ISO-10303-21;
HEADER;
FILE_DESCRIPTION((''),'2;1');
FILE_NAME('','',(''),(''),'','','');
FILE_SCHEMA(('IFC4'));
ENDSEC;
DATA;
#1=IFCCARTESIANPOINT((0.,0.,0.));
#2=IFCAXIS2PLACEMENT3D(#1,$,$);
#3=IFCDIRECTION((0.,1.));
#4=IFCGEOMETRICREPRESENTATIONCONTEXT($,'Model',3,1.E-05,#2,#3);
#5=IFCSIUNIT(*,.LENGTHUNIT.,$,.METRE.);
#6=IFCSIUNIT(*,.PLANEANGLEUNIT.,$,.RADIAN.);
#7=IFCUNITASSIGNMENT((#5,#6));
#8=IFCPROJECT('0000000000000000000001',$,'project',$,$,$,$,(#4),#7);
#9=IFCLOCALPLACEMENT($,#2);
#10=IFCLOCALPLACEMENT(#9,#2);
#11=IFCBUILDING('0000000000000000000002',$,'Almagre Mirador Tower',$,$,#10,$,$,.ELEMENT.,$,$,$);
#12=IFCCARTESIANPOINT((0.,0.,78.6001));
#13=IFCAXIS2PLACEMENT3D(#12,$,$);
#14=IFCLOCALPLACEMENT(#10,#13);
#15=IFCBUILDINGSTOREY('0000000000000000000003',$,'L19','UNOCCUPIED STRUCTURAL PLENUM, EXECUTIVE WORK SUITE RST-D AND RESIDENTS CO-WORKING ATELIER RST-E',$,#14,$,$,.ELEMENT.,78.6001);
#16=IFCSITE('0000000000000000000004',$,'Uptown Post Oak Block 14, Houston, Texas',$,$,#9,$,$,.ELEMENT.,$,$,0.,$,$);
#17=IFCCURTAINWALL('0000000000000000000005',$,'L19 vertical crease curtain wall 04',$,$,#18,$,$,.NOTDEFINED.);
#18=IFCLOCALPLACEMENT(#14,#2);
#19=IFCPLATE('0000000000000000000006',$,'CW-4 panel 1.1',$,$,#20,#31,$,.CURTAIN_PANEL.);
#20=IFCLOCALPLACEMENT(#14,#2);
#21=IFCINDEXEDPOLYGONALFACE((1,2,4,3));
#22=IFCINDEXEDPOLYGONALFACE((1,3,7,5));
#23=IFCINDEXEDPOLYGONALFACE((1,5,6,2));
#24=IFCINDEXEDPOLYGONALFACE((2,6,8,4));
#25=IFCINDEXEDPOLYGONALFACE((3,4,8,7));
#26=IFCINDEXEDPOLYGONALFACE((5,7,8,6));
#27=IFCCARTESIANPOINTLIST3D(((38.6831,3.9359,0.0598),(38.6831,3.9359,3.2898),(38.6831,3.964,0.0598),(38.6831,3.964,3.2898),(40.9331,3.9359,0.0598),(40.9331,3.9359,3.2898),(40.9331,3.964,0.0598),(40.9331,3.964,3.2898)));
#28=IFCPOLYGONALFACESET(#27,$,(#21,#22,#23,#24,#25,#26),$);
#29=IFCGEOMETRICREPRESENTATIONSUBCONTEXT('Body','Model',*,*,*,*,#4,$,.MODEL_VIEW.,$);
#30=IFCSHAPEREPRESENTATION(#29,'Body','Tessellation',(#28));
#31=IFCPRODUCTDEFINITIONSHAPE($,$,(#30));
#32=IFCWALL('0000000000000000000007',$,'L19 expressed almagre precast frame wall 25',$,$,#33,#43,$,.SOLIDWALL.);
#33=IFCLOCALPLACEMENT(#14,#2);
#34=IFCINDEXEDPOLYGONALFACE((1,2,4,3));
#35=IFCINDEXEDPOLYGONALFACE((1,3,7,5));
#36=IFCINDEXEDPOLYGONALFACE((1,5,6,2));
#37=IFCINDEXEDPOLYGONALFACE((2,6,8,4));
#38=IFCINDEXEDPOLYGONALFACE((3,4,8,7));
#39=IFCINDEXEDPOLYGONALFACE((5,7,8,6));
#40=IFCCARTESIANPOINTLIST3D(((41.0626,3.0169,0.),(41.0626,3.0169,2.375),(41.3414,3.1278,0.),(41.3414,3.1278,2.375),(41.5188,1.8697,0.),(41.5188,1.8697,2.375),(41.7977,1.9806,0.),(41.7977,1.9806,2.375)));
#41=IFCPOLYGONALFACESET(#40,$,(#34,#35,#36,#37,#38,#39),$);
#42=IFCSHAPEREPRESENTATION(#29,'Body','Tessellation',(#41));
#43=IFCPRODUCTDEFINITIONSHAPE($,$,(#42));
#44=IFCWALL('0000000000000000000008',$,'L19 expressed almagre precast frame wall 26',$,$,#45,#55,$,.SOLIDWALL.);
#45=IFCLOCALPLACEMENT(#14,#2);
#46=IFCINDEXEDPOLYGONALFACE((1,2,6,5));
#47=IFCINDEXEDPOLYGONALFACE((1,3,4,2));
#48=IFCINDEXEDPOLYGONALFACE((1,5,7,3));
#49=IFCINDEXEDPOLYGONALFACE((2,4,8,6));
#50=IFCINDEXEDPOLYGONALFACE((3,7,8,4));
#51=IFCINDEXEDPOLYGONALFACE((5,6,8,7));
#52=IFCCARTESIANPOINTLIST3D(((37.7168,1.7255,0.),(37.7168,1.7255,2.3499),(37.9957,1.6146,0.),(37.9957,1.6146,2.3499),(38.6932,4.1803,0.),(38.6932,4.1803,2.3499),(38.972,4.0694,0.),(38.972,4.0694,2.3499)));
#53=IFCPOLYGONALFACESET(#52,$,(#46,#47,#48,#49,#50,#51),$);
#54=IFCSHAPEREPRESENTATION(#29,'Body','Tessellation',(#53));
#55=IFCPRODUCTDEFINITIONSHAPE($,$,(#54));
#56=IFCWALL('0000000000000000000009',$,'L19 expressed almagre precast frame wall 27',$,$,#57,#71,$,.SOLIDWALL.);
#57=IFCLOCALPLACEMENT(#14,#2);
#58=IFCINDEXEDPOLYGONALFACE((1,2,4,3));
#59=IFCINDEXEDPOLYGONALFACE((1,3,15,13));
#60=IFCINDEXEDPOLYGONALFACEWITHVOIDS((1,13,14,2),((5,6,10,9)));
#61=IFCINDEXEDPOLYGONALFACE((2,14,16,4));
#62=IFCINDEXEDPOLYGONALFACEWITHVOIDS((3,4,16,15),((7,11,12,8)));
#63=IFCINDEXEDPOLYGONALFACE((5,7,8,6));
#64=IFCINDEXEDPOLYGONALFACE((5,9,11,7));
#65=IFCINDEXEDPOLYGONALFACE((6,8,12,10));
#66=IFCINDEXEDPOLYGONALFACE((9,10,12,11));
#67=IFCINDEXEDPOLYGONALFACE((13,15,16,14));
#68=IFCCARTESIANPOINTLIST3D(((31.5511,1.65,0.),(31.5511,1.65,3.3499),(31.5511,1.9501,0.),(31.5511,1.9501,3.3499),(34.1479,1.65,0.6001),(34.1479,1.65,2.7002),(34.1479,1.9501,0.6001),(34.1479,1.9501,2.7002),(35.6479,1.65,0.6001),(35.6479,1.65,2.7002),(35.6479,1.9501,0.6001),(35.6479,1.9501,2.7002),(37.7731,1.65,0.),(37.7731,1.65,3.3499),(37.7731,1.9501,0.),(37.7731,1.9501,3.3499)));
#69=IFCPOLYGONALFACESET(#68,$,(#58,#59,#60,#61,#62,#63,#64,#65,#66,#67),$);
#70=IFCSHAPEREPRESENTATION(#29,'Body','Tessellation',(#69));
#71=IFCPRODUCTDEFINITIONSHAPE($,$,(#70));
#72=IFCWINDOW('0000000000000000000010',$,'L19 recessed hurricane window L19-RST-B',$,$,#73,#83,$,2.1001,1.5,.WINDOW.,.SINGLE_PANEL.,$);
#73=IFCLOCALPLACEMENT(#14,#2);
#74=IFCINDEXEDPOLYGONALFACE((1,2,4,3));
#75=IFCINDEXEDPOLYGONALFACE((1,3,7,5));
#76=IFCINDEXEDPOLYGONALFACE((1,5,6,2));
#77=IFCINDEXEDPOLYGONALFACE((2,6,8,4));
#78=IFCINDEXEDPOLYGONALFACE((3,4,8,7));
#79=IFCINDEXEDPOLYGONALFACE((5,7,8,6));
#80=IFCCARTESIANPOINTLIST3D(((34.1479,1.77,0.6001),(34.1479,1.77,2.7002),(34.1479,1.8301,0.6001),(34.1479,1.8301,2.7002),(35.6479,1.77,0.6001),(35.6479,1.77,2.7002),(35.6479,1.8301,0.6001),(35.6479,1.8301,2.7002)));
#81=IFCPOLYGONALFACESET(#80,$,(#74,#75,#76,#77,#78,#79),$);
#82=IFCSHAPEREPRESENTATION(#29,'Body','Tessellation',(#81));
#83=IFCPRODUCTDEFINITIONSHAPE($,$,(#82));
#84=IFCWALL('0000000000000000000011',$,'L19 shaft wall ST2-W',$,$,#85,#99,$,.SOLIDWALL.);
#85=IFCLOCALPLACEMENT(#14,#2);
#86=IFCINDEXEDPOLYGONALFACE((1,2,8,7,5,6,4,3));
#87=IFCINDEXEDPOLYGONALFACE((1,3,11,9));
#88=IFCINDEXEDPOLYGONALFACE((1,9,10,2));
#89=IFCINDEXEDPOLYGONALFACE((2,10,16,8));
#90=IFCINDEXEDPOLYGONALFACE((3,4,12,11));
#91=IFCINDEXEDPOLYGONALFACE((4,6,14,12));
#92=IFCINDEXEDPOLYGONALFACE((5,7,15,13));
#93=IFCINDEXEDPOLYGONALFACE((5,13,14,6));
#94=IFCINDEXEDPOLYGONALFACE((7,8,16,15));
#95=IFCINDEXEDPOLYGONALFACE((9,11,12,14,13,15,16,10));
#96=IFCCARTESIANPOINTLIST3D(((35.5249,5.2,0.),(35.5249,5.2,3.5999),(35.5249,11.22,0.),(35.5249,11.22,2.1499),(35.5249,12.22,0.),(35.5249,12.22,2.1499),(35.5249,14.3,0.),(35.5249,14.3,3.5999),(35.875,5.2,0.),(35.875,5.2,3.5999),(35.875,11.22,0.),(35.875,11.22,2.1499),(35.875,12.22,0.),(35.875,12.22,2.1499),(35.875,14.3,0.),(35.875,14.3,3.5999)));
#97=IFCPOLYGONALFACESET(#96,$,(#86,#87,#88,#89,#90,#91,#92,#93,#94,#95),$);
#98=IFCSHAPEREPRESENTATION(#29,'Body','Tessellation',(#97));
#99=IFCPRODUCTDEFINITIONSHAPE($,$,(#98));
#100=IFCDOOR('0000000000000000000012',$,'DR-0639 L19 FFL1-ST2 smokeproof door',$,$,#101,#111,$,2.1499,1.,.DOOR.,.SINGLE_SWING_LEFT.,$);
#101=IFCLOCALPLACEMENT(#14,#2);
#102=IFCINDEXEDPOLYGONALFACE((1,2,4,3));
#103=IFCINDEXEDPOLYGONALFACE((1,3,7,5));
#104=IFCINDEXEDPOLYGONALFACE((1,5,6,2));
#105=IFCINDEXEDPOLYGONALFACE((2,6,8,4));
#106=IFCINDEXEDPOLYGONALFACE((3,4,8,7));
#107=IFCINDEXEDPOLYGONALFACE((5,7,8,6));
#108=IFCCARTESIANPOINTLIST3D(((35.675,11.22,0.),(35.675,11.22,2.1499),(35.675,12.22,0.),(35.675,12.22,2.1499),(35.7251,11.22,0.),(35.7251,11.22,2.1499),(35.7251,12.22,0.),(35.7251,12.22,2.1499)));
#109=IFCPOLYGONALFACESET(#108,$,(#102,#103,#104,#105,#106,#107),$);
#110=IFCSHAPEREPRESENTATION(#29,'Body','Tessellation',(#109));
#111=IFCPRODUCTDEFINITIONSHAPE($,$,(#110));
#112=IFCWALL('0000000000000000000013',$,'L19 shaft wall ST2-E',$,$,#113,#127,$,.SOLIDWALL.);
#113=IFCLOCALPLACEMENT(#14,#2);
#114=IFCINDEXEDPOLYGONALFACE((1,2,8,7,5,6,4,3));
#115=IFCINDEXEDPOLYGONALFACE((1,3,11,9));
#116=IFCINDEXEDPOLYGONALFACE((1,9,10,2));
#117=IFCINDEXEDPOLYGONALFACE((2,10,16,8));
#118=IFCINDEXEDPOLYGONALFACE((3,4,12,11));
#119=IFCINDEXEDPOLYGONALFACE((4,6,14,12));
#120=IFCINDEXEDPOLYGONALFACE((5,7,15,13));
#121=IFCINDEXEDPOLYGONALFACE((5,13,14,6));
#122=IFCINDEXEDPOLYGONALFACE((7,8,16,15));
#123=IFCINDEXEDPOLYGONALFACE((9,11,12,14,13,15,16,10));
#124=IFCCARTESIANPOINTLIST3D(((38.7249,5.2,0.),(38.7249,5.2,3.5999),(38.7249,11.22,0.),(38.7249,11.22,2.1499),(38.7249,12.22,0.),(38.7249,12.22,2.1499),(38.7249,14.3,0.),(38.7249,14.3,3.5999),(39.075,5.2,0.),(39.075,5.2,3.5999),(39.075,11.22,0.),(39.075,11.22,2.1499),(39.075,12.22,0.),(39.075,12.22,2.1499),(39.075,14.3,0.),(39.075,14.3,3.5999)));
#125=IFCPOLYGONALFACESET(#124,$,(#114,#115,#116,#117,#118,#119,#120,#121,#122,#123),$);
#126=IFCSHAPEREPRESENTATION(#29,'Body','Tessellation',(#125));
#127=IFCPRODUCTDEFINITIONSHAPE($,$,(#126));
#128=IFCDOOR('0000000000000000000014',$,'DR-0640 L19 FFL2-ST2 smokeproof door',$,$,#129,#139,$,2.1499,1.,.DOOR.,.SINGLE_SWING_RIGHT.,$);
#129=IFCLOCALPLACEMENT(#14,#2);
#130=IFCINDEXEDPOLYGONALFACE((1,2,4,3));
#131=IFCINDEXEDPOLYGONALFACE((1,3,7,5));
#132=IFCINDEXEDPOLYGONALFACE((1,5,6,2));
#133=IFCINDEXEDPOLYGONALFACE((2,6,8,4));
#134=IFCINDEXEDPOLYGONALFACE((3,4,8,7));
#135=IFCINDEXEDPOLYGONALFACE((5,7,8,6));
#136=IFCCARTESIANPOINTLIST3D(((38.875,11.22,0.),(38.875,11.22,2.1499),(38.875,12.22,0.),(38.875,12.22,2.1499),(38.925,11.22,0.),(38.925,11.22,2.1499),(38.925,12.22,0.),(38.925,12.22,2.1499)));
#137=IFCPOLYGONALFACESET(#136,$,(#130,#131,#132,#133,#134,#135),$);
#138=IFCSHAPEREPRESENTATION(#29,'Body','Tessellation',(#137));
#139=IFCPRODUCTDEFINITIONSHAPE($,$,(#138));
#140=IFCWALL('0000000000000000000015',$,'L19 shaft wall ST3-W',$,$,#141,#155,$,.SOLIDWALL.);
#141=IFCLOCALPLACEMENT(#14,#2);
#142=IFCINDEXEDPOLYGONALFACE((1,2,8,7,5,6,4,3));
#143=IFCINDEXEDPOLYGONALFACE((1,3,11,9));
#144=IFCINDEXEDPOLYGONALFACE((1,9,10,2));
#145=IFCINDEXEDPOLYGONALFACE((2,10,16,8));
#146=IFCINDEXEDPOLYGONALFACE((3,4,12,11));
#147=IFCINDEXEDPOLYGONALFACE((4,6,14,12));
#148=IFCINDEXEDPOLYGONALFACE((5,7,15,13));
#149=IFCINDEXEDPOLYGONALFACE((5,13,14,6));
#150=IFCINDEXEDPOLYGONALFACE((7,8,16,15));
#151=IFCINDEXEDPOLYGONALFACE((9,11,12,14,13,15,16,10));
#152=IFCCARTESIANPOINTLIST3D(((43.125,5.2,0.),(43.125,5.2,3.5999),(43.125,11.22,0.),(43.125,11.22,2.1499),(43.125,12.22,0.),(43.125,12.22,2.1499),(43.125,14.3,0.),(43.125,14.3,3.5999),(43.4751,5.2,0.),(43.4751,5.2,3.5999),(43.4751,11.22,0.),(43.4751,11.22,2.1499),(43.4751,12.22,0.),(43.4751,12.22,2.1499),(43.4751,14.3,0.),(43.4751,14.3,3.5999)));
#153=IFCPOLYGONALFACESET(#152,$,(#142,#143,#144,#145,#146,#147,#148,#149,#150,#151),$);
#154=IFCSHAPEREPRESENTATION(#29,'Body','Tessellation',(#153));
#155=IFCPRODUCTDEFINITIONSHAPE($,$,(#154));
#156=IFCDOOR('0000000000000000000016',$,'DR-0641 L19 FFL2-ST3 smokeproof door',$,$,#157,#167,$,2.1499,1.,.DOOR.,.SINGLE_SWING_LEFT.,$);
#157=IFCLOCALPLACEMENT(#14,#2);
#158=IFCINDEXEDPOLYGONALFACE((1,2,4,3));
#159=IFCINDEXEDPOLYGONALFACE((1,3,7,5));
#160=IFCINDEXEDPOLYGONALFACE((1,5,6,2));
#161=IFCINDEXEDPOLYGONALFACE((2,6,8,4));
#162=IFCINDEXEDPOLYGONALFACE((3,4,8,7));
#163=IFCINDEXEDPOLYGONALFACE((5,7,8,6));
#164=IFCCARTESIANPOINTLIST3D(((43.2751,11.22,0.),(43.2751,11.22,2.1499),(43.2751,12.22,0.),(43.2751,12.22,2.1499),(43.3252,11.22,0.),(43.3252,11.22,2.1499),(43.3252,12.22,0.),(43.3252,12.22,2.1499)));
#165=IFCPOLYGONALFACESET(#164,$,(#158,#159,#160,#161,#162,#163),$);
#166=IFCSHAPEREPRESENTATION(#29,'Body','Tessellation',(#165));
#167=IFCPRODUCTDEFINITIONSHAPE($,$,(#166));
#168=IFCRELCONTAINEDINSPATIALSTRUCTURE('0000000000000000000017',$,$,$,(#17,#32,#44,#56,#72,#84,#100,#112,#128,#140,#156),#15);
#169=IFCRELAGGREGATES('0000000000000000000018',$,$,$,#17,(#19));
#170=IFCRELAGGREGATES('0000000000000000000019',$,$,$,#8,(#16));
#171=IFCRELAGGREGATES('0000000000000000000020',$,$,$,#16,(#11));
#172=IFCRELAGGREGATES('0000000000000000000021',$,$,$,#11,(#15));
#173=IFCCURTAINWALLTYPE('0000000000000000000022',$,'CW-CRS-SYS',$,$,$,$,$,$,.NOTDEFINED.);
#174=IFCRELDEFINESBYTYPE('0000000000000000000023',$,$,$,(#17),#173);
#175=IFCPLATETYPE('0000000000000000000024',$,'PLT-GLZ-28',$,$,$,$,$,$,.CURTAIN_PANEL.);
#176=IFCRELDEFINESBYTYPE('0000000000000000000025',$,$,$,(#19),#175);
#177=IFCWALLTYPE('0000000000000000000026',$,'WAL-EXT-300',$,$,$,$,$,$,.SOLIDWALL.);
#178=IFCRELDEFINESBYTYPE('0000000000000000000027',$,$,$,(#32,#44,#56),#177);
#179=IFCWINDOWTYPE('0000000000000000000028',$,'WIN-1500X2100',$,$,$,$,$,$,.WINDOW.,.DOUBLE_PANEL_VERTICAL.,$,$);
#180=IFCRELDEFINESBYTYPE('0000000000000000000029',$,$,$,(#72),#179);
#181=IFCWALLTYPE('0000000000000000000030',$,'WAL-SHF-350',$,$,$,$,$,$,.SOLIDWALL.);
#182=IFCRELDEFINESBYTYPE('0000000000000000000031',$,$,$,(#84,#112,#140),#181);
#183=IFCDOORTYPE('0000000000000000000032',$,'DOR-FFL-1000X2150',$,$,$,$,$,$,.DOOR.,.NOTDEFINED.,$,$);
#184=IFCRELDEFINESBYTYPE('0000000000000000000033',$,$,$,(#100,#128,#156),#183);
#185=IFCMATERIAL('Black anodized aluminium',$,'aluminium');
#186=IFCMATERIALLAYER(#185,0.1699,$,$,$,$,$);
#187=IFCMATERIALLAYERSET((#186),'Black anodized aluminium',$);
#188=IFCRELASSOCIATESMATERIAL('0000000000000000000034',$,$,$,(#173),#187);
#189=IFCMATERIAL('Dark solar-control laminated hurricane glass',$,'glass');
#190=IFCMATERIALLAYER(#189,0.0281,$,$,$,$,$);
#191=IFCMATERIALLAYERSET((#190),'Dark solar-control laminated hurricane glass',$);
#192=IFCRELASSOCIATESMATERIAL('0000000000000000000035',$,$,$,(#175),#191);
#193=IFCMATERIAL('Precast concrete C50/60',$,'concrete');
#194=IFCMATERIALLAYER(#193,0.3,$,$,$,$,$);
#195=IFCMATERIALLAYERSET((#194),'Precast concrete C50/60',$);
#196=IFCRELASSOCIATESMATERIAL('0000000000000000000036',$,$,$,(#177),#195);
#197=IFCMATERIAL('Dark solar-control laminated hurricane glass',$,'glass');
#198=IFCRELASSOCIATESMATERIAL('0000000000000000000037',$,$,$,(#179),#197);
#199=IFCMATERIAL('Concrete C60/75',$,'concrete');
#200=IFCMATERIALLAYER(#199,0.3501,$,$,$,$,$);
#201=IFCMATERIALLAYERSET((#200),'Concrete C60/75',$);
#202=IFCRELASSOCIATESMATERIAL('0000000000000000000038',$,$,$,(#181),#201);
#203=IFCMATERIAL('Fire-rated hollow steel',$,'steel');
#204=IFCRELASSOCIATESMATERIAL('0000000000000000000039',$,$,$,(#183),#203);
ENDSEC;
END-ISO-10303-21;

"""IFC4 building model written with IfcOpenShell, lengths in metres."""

from ifc_helpers import new_model, si_unit, direction, frame, frame_2d, origin, origin_2d, place, context, subcontext, project, spatial, rectangle, extrude, material, layer, layer_set, type_object, element, fill, aggregate, save


model = new_model("IFC4")

# Units and contexts
model_context = context("Model", 3, precision=1e-05, world=origin(), true_north=direction((0.0, 1.0)))
body_context = subcontext(model_context, "Body", "Model", "MODEL_VIEW")
ifc_project = project(units=[si_unit("LENGTHUNIT", "METRE"), si_unit("PLANEANGLEUNIT", "RADIAN")], contexts=[model_context])

# Site, building, storey
site_placement = place(None, origin())
site = spatial("IfcSite", under=ifc_project, at=site_placement, Name="Uptown Post Oak Block 14, Houston, Texas", CompositionType="ELEMENT", RefElevation=0.0)
building_placement = place(site_placement, origin())
building = spatial("IfcBuilding", under=site, at=building_placement, Name="Almagre Mirador Tower", CompositionType="ELEMENT")
storey_placement = place(building_placement, frame((0.0, 0.0, 78.6001)))
storey = spatial("IfcBuildingStorey", under=building, at=storey_placement, Name="L19", Description="UNOCCUPIED STRUCTURAL PLENUM, EXECUTIVE WORK SUITE RST-D AND RESIDENTS CO-WORKING ATELIER RST-E", CompositionType="ELEMENT", Elevation=78.6001)

# Curtain wall, plate
ifc_material_1 = material(Name="Black anodized aluminium", Category="aluminium")
ifc_layer_1 = layer(ifc_material_1, 0.1699)
ifc_layer_set_1 = layer_set([ifc_layer_1], Name="Black anodized aluminium")
curtain_wall_type = type_object("IfcCurtainWallType", Name="CW-CRS-SYS", PredefinedType="NOTDEFINED", material=ifc_layer_set_1)
curtain_wall_placement = place(storey_placement, origin())
curtain_wall = element("IfcCurtainWall", 1, at=curtain_wall_placement, inside=storey, type_object=curtain_wall_type, Name="L19 vertical crease curtain wall 04", PredefinedType="NOTDEFINED")
ifc_material_2 = material(Name="Dark solar-control laminated hurricane glass", Category="glass")
ifc_layer_2 = layer(ifc_material_2, 0.0281)
ifc_layer_set_2 = layer_set([ifc_layer_2], Name="Dark solar-control laminated hurricane glass")
plate_type = type_object("IfcPlateType", Name="PLT-GLZ-28", PredefinedType="CURTAIN_PANEL", material=ifc_layer_set_2)
plate_placement = place(storey_placement, frame((39.8081, 3.95, 0.0598), z_axis=(0.0, 0.0, 1.0), x_axis=(-1.0, 0.0, 0.0)))
plate = element("IfcPlate", 2, at=plate_placement, type_object=plate_type, Name="CW-4 panel 1.1", PredefinedType="CURTAIN_PANEL", context=body_context, shape_type="SweptSolid", body=[
    extrude(rectangle(XDim=2.25, YDim=0.0281, at=origin_2d()), origin(), (0.0, 0.0, 1.0), 3.23),
])
aggregate(curtain_wall, [plate])

# Walls
ifc_material_3 = material(Name="Precast concrete C50/60", Category="concrete")
ifc_layer_3 = layer(ifc_material_3, 0.3)
ifc_layer_set_3 = layer_set([ifc_layer_3], Name="Precast concrete C50/60")
wall_type_1 = type_object("IfcWallType", Name="WAL-EXT-300", PredefinedType="SOLIDWALL", material=ifc_layer_set_3)
wall_1_placement = place(storey_placement, frame((41.6582, 1.9253, 0.0), z_axis=(0.0, 0.0, 1.0), x_axis=(-0.369583, 0.929198, 0.0)))
element("IfcWall", 3, at=wall_1_placement, inside=storey, type_object=wall_type_1, Name="L19 expressed almagre precast frame wall 25", PredefinedType="SOLIDWALL", context=body_context, shape_type="SweptSolid", body=[
    extrude(rectangle(XDim=1.2346, YDim=0.3, at=frame_2d((0.6172, 0.0))), origin(), (0.0, 0.0, 1.0), 2.375),
])
wall_2_placement = place(storey_placement, frame((38.8325, 4.1248, 0.0), z_axis=(0.0, 0.0, 1.0), x_axis=(-0.369558, -0.929208, 0.0)))
element("IfcWall", 4, at=wall_2_placement, inside=storey, type_object=wall_type_1, Name="L19 expressed almagre precast frame wall 26", PredefinedType="SOLIDWALL", context=body_context, shape_type="SweptSolid", body=[
    extrude(rectangle(XDim=2.6418, YDim=0.3, at=frame_2d((1.3208, 0.0))), origin(), (0.0, 0.0, 1.0), 2.3499),
])

# Wall, opening, window
wall_3_placement = place(storey_placement, frame((37.7729, 1.8, 0.0), z_axis=(0.0, 0.0, 1.0), x_axis=(-1.0, 0.0, 0.0)))
wall_3 = element("IfcWall", 5, at=wall_3_placement, inside=storey, type_object=wall_type_1, Name="L19 expressed almagre precast frame wall 27", PredefinedType="SOLIDWALL", context=body_context, shape_type="SweptSolid", body=[
    extrude(rectangle(XDim=6.2219, YDim=0.3, at=frame_2d((3.1108, 0.0))), origin(), (0.0, 0.0, 1.0), 3.3499),
])
opening_1_placement = place(wall_3_placement, frame((2.125, 0.0, 0.6001)))
opening_1 = element("IfcOpeningElement", 6, at=opening_1_placement, cuts=wall_3, PredefinedType="OPENING", context=body_context, shape_type="SweptSolid", body=[
    extrude(rectangle(XDim=1.5, YDim=2.1001, at=frame_2d((0.75, 1.05))), frame((0.0, 0.1599, 0.0), z_axis=(0.0, -1.0, 0.0), x_axis=(1.0, 0.0, 0.0)), (0.0, 0.0, 1.0), 0.32),
])
ifc_material_4 = material(Name="Dark solar-control laminated hurricane glass", Category="glass")
window_type = type_object("IfcWindowType", Name="WIN-1500X2100", PartitioningType="DOUBLE_PANEL_VERTICAL", PredefinedType="WINDOW", material=ifc_material_4)
window_placement = place(opening_1_placement, origin())
window = element("IfcWindow", 7, at=window_placement, inside=storey, type_object=window_type, Name="L19 recessed hurricane window L19-RST-B", OverallHeight=2.1001, OverallWidth=1.5, PartitioningType="SINGLE_PANEL", PredefinedType="WINDOW", context=body_context, shape_type="SweptSolid", body=[
    extrude(rectangle(XDim=1.5, YDim=2.1001, at=frame_2d((0.75, 1.05))), frame((0.0, 0.03, 0.0), z_axis=(0.0, -1.0, 0.0), x_axis=(1.0, 0.0, 0.0)), (0.0, 0.0, 1.0), 0.0601),
])
fill(opening_1, window)

# Walls, openings, doors
ifc_material_5 = material(Name="Concrete C60/75", Category="concrete")
ifc_layer_4 = layer(ifc_material_5, 0.3501)
ifc_layer_set_4 = layer_set([ifc_layer_4], Name="Concrete C60/75")
wall_type_2 = type_object("IfcWallType", Name="WAL-SHF-350", PredefinedType="SOLIDWALL", material=ifc_layer_set_4)
wall_4_placement = place(storey_placement, frame((35.7, 5.2, 0.0), z_axis=(0.0, 0.0, 1.0), x_axis=(0.0, 1.0, 0.0)))
wall_4 = element("IfcWall", 8, at=wall_4_placement, inside=storey, type_object=wall_type_2, Name="L19 shaft wall ST2-W", PredefinedType="SOLIDWALL", context=body_context, shape_type="SweptSolid", body=[
    extrude(rectangle(XDim=9.1001, YDim=0.3501, at=frame_2d((4.55, 0.0))), origin(), (0.0, 0.0, 1.0), 3.5999),
])
opening_2_placement = place(wall_4_placement, frame((6.02, 0.0, 0.0)))
opening_2 = element("IfcOpeningElement", 9, at=opening_2_placement, cuts=wall_4, PredefinedType="OPENING", context=body_context, shape_type="SweptSolid", body=[
    extrude(rectangle(XDim=1.0, YDim=2.1499, at=frame_2d((0.5, 1.075))), frame((0.0, 0.185, 0.0), z_axis=(0.0, -1.0, 0.0), x_axis=(1.0, 0.0, 0.0)), (0.0, 0.0, 1.0), 0.3701),
])
ifc_material_6 = material(Name="Fire-rated hollow steel", Category="steel")
door_type = type_object("IfcDoorType", Name="DOR-FFL-1000X2150", OperationType="NOTDEFINED", PredefinedType="DOOR", material=ifc_material_6)
door_1_placement = place(opening_2_placement, origin())
door_1 = element("IfcDoor", 10, at=door_1_placement, inside=storey, type_object=door_type, Name="DR-0639 L19 FFL1-ST2 smokeproof door", OperationType="SINGLE_SWING_LEFT", OverallHeight=2.1499, OverallWidth=1.0, PredefinedType="DOOR", context=body_context, shape_type="SweptSolid", body=[
    extrude(rectangle(XDim=1.0, YDim=2.1499, at=frame_2d((0.5, 1.075))), frame((0.0, 0.0249, 0.0), z_axis=(0.0, -1.0, 0.0), x_axis=(1.0, 0.0, 0.0)), (0.0, 0.0, 1.0), 0.05),
])
fill(opening_2, door_1)
wall_5_placement = place(storey_placement, frame((38.8999, 5.2, 0.0), z_axis=(0.0, 0.0, 1.0), x_axis=(0.0, 1.0, 0.0)))
wall_5 = element("IfcWall", 11, at=wall_5_placement, inside=storey, type_object=wall_type_2, Name="L19 shaft wall ST2-E", PredefinedType="SOLIDWALL", context=body_context, shape_type="SweptSolid", body=[
    extrude(rectangle(XDim=9.1001, YDim=0.3501, at=frame_2d((4.55, 0.0))), origin(), (0.0, 0.0, 1.0), 3.5999),
])
opening_3_placement = place(wall_5_placement, frame((6.02, 0.0, 0.0)))
opening_3 = element("IfcOpeningElement", 12, at=opening_3_placement, cuts=wall_5, PredefinedType="OPENING", context=body_context, shape_type="SweptSolid", body=[
    extrude(rectangle(XDim=1.0, YDim=2.1499, at=frame_2d((0.5, 1.075))), frame((0.0, 0.185, 0.0), z_axis=(0.0, -1.0, 0.0), x_axis=(1.0, 0.0, 0.0)), (0.0, 0.0, 1.0), 0.3701),
])
door_2_placement = place(opening_3_placement, origin())
door_2 = element("IfcDoor", 13, at=door_2_placement, inside=storey, type_object=door_type, Name="DR-0640 L19 FFL2-ST2 smokeproof door", OperationType="SINGLE_SWING_RIGHT", OverallHeight=2.1499, OverallWidth=1.0, PredefinedType="DOOR", context=body_context, shape_type="SweptSolid", body=[
    extrude(rectangle(XDim=1.0, YDim=2.1499, at=frame_2d((0.5, 1.075))), frame((0.0, 0.0249, 0.0), z_axis=(0.0, -1.0, 0.0), x_axis=(1.0, 0.0, 0.0)), (0.0, 0.0, 1.0), 0.05),
])
fill(opening_3, door_2)
wall_6_placement = place(storey_placement, frame((43.3, 5.2, 0.0), z_axis=(0.0, 0.0, 1.0), x_axis=(0.0, 1.0, 0.0)))
wall_6 = element("IfcWall", 14, at=wall_6_placement, inside=storey, type_object=wall_type_2, Name="L19 shaft wall ST3-W", PredefinedType="SOLIDWALL", context=body_context, shape_type="SweptSolid", body=[
    extrude(rectangle(XDim=9.1001, YDim=0.3501, at=frame_2d((4.55, 0.0))), origin(), (0.0, 0.0, 1.0), 3.5999),
])
opening_4_placement = place(wall_6_placement, frame((6.02, 0.0, 0.0)))
opening_4 = element("IfcOpeningElement", 15, at=opening_4_placement, cuts=wall_6, PredefinedType="OPENING", context=body_context, shape_type="SweptSolid", body=[
    extrude(rectangle(XDim=1.0, YDim=2.1499, at=frame_2d((0.5, 1.075))), frame((0.0, 0.185, 0.0), z_axis=(0.0, -1.0, 0.0), x_axis=(1.0, 0.0, 0.0)), (0.0, 0.0, 1.0), 0.3701),
])
door_3_placement = place(opening_4_placement, origin())
door_3 = element("IfcDoor", 16, at=door_3_placement, inside=storey, type_object=door_type, Name="DR-0641 L19 FFL2-ST3 smokeproof door", OperationType="SINGLE_SWING_LEFT", OverallHeight=2.1499, OverallWidth=1.0, PredefinedType="DOOR", context=body_context, shape_type="SweptSolid", body=[
    extrude(rectangle(XDim=1.0, YDim=2.1499, at=frame_2d((0.5, 1.075))), frame((0.0, 0.0249, 0.0), z_axis=(0.0, -1.0, 0.0), x_axis=(1.0, 0.0, 0.0)), (0.0, 0.0, 1.0), 0.05),
])
fill(opening_4, door_3)

save(model, "model.ifc")
